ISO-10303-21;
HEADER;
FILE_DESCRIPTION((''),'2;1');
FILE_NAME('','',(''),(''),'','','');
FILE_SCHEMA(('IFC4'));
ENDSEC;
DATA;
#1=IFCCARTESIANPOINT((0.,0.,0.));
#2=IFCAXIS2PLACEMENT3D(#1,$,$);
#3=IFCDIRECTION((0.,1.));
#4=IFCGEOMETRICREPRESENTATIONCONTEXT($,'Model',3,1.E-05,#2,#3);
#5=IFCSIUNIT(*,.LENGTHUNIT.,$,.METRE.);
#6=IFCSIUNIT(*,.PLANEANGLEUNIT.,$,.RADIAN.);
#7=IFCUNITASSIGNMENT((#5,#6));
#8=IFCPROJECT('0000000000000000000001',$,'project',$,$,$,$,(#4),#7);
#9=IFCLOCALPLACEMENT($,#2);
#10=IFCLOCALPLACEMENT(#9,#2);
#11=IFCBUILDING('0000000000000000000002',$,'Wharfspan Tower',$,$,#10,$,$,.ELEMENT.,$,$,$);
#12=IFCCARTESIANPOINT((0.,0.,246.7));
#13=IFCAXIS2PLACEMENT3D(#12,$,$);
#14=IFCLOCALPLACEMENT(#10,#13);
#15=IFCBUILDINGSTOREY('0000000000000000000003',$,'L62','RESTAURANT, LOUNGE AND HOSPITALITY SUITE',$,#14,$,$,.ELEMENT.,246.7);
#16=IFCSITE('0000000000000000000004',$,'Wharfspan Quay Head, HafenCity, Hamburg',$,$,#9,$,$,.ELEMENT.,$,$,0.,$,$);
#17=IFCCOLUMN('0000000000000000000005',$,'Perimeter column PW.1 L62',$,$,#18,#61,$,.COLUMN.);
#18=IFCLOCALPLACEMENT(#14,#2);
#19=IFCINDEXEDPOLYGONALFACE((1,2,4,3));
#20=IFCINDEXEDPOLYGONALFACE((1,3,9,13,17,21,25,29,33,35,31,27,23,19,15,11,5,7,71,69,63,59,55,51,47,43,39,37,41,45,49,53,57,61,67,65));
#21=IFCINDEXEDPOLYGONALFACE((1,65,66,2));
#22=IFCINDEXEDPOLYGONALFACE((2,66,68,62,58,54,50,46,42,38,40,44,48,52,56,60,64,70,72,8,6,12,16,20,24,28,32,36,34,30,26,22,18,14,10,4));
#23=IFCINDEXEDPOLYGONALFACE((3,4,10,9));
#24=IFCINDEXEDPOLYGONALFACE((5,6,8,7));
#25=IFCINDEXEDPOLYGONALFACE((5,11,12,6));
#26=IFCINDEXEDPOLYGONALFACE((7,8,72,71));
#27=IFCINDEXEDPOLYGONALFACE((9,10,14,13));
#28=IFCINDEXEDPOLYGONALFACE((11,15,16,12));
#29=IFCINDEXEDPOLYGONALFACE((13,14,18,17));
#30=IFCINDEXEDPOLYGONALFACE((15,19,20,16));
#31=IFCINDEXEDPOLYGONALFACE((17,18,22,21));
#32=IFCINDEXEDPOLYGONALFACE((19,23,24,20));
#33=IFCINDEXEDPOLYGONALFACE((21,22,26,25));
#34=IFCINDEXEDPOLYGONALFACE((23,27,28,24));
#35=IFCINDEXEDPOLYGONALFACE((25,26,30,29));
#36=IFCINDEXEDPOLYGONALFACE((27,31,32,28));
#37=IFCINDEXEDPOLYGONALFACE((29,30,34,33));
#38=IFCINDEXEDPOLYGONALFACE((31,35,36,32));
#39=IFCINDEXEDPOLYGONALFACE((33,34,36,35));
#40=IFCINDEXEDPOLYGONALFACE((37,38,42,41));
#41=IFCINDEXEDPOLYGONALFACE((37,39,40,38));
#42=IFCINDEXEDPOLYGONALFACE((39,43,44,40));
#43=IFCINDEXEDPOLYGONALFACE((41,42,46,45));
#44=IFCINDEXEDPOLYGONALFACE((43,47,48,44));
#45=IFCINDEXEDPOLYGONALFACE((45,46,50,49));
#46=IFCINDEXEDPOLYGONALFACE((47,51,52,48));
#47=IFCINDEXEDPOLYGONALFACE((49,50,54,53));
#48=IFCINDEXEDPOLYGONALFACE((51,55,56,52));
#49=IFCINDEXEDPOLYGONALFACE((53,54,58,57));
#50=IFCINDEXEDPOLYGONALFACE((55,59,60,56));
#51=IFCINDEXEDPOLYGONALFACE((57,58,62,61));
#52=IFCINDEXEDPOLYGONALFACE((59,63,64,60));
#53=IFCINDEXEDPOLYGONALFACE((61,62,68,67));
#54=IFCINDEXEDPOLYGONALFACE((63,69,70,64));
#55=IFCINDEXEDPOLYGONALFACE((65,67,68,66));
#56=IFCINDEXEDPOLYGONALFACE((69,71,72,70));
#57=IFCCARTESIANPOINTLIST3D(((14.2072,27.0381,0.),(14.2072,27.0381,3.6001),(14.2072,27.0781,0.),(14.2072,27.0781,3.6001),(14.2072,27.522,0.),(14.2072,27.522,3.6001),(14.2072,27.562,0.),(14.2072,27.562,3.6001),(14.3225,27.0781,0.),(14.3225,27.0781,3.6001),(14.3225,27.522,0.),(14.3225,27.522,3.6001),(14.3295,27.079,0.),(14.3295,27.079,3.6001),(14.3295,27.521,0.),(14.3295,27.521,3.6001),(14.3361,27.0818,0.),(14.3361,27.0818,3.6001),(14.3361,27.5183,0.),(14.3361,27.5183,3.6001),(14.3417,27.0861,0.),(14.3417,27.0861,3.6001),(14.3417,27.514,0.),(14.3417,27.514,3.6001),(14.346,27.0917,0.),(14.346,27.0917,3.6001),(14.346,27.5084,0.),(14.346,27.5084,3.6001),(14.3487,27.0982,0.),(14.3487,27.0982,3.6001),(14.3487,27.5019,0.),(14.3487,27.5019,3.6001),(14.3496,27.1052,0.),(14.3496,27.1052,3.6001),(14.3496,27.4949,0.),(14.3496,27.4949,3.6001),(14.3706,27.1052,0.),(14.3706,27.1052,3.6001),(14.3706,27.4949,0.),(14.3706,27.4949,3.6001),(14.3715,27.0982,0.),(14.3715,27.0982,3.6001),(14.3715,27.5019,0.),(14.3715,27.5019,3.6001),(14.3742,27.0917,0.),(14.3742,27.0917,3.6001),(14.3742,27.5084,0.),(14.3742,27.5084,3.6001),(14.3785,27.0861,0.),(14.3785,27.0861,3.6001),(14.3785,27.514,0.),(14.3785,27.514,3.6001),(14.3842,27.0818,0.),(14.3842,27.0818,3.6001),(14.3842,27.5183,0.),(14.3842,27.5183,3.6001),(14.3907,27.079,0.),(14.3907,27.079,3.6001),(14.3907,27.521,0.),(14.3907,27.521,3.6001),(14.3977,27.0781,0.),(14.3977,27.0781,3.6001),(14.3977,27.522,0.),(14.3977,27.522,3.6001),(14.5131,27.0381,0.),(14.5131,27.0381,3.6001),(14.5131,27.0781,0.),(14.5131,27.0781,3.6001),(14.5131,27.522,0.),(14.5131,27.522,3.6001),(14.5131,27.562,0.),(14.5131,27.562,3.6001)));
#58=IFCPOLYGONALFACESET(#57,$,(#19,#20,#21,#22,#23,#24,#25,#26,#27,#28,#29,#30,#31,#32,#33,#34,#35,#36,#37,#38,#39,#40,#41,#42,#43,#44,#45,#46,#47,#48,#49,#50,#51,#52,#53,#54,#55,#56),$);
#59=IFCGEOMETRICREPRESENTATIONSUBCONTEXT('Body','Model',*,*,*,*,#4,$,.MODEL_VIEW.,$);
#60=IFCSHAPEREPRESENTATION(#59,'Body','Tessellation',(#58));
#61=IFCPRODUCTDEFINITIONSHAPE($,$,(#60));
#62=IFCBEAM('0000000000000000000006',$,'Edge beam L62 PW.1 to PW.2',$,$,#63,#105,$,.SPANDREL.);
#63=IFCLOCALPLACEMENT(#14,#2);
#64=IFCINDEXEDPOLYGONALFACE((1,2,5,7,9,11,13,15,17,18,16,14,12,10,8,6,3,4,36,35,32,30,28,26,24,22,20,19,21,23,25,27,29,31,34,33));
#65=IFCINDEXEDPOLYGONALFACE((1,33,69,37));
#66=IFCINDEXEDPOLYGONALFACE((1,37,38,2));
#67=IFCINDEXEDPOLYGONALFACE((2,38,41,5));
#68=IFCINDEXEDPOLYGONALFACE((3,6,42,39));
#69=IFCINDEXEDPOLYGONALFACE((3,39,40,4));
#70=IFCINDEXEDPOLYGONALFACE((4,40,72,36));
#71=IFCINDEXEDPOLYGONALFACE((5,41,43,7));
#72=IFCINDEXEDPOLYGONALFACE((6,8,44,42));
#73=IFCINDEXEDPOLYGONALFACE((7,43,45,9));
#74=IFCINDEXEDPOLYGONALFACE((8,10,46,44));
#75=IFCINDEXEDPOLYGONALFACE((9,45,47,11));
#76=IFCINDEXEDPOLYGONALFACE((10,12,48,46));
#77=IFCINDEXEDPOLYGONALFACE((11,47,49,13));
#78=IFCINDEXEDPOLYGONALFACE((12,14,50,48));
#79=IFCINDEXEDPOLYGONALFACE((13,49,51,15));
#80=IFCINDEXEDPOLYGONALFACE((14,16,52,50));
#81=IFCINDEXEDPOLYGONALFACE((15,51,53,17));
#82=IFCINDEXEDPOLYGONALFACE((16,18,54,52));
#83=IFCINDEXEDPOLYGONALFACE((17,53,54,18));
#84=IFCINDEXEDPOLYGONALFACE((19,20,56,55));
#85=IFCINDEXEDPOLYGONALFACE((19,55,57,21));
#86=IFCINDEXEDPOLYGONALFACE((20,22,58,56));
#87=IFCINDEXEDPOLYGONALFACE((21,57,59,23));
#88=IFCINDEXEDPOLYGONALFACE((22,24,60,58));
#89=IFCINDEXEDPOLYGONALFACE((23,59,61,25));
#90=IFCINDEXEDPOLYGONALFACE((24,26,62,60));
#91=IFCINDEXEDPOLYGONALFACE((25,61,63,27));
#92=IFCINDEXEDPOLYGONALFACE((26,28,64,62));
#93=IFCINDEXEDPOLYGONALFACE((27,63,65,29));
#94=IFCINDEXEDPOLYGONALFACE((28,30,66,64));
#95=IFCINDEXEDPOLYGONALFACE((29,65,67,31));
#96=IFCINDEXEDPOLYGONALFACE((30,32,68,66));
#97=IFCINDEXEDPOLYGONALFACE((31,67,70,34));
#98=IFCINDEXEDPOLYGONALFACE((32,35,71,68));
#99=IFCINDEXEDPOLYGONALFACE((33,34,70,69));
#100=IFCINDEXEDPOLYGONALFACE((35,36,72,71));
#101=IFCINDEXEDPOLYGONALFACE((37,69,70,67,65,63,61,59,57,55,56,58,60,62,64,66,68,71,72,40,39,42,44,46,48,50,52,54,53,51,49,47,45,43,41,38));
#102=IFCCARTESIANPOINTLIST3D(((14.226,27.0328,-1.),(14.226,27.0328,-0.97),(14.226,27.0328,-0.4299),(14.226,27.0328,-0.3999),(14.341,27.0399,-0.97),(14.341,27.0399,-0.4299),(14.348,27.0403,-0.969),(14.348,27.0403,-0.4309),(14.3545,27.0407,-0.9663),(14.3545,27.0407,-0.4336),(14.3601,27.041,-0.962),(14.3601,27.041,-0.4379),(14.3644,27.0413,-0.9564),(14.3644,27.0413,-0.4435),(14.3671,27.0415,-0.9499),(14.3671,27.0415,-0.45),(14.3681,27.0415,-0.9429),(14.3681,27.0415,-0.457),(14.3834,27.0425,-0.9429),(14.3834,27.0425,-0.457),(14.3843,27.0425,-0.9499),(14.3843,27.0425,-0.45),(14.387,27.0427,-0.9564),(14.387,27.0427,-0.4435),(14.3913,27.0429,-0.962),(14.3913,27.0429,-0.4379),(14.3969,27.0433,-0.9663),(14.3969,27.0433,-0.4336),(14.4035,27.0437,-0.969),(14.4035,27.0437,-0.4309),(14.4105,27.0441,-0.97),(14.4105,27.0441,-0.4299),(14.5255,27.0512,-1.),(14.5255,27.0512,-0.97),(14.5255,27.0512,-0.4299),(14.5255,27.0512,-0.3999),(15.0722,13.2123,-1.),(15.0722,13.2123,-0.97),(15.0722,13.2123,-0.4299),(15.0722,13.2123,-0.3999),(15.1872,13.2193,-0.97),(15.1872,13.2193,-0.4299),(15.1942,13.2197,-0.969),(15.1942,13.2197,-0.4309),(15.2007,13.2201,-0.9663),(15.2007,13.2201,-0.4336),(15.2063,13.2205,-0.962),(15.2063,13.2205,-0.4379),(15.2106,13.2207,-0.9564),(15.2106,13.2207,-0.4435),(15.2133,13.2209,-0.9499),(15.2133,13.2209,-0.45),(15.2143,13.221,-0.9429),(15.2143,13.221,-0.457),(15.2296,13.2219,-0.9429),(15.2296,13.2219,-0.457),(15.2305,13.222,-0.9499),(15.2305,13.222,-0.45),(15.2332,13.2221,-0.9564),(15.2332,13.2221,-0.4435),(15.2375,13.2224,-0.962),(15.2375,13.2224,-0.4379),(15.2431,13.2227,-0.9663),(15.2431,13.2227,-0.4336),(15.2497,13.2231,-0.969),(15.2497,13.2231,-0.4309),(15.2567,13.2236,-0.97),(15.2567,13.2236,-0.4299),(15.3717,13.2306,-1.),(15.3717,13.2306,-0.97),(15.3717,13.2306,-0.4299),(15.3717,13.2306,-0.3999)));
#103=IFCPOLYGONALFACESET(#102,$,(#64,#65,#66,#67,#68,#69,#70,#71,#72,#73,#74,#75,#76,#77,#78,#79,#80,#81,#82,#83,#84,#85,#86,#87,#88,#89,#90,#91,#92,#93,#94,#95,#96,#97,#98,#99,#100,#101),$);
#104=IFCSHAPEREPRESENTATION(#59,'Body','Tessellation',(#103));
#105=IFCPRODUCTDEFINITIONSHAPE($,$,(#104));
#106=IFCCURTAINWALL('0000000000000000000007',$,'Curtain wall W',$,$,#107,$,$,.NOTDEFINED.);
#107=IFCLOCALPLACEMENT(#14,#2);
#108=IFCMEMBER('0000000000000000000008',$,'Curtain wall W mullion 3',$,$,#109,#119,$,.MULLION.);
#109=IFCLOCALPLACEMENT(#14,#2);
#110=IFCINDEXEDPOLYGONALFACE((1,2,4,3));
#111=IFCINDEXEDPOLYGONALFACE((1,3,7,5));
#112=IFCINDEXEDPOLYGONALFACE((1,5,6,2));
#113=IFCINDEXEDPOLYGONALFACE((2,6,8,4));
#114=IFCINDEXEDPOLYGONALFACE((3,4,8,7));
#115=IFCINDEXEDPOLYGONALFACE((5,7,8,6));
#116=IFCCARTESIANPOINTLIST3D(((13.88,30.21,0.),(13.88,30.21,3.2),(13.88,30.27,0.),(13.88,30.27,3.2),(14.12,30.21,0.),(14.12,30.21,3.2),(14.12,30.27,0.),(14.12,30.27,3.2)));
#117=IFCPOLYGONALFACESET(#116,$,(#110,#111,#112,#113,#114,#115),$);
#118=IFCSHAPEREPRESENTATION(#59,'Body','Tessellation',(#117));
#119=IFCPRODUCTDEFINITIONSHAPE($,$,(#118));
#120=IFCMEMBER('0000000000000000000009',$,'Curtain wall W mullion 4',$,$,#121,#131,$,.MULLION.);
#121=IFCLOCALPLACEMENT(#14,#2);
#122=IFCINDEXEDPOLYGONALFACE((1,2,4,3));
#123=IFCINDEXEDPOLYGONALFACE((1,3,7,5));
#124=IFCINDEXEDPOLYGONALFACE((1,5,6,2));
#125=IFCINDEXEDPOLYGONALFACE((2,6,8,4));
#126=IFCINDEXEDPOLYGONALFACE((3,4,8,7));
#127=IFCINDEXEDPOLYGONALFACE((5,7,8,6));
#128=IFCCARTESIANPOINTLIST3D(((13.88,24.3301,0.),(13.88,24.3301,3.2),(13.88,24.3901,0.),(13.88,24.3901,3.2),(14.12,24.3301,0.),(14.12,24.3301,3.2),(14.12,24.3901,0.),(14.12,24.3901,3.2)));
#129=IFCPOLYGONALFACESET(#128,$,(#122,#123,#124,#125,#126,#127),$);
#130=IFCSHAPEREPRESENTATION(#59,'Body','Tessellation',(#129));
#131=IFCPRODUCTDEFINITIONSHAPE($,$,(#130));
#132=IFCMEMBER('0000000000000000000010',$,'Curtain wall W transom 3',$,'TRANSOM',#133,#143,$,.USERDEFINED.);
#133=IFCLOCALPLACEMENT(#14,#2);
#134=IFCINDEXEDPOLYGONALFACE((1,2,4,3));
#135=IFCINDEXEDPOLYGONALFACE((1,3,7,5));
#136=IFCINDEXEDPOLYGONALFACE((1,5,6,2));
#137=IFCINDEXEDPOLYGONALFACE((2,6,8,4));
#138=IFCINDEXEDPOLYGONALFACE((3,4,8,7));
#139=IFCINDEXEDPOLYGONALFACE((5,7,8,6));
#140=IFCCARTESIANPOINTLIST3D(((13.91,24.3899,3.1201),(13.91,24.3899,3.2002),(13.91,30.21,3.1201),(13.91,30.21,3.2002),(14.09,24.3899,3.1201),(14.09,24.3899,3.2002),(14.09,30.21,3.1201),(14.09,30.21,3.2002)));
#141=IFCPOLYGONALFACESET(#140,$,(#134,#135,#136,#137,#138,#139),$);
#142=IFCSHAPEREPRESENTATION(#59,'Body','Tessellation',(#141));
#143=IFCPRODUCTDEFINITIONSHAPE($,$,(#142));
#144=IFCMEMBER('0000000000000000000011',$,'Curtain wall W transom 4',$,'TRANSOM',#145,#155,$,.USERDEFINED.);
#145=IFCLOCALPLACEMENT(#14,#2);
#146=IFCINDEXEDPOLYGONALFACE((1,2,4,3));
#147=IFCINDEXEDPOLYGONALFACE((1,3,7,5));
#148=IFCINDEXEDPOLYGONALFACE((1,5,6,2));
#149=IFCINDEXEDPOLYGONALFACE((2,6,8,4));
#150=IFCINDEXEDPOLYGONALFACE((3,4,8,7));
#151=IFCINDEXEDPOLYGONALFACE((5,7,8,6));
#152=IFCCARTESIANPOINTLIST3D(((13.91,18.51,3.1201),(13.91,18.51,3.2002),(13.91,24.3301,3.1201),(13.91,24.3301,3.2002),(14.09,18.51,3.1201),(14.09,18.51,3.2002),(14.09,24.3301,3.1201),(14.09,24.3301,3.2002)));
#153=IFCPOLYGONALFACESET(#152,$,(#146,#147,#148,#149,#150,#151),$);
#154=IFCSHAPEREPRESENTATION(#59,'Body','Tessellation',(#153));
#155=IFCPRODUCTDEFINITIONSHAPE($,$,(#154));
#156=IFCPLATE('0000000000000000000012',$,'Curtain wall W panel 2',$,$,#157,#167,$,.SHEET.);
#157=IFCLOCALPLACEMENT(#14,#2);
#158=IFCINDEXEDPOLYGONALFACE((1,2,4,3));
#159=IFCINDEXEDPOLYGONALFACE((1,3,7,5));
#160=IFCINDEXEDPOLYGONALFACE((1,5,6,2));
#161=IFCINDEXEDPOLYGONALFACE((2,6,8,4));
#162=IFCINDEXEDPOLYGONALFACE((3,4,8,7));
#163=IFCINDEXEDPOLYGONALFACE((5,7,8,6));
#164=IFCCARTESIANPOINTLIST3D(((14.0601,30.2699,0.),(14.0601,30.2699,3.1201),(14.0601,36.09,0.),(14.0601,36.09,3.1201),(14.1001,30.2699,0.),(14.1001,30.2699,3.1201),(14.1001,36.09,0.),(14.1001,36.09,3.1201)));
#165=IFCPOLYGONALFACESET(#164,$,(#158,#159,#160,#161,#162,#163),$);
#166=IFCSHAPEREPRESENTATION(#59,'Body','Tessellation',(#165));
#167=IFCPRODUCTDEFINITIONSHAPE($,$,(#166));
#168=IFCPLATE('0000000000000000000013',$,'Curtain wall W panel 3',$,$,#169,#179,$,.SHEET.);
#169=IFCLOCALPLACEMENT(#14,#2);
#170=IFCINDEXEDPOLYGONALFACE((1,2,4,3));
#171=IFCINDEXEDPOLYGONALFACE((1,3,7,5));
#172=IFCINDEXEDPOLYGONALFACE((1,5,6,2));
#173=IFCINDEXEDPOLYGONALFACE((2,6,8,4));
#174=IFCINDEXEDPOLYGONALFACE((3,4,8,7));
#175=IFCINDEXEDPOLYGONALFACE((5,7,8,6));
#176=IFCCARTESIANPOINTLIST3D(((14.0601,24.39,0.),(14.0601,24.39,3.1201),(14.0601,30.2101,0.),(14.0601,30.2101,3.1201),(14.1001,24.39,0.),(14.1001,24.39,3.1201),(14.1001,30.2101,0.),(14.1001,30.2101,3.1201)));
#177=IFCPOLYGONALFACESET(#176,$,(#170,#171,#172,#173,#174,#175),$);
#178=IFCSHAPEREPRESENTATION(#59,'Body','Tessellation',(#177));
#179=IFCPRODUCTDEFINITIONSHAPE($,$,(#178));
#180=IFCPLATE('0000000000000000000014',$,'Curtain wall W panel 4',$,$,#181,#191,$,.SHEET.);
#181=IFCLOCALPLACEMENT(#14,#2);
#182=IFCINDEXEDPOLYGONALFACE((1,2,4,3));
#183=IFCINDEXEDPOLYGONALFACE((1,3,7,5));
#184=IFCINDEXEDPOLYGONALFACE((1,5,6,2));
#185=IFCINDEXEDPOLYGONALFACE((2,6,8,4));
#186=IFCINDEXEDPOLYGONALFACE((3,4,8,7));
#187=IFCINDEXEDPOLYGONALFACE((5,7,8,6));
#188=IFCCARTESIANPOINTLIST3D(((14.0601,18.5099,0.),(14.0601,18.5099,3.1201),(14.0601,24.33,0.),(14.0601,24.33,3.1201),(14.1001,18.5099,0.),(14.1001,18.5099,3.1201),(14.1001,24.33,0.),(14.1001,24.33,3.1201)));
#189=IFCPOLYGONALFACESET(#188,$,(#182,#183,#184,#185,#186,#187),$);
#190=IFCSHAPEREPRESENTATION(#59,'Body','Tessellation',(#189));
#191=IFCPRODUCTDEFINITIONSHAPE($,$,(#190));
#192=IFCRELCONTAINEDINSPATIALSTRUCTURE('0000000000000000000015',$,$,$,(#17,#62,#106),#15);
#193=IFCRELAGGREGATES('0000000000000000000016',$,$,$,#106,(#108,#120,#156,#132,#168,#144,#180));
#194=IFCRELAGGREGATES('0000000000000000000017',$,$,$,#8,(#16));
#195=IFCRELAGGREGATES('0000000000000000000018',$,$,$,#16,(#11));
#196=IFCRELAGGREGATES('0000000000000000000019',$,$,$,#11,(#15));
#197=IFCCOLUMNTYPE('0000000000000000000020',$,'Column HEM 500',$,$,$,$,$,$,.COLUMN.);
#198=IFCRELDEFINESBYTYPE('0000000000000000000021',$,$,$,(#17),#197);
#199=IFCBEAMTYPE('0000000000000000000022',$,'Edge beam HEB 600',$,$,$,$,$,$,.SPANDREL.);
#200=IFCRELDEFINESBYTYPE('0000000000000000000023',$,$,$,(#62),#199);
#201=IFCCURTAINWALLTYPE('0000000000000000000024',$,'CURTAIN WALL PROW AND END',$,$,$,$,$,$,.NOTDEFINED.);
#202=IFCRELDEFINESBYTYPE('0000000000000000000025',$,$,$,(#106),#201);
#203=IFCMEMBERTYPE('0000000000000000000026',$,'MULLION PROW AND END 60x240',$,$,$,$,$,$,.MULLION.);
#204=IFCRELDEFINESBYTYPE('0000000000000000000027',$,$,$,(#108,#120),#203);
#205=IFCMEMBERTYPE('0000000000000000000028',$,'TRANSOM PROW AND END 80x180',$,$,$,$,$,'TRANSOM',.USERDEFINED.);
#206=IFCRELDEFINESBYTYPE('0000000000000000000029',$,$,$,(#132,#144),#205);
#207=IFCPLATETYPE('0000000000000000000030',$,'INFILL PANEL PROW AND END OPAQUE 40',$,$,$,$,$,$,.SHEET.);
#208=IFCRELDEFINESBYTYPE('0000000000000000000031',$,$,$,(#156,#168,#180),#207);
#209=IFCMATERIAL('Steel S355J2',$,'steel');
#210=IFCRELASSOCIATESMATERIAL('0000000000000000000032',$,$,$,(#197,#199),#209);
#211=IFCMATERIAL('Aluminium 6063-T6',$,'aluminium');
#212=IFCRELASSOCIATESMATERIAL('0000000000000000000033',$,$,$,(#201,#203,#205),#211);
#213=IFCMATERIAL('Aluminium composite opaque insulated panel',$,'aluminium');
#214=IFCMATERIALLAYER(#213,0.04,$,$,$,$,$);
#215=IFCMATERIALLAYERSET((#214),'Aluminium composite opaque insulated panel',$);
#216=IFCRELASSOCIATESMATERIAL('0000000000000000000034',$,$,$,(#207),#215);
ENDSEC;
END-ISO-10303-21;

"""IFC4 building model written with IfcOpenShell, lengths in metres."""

from ifc_helpers import new_model, si_unit, direction, frame, origin, origin_2d, place, context, subcontext, project, spatial, rectangle, i_section, extrude, material, layer, layer_set, material_profile, profile_set, type_object, element, aggregate, save


model = new_model("IFC4")

# Units and contexts
model_context = context("Model", 3, precision=1e-05, world=origin(), true_north=direction((0.0, 1.0)))
body_context = subcontext(model_context, "Body", "Model", "MODEL_VIEW")
ifc_project = project(units=[si_unit("LENGTHUNIT", "METRE"), si_unit("PLANEANGLEUNIT", "RADIAN")], contexts=[model_context])

# Site, building, storey
site_placement = place(None, origin())
site = spatial("IfcSite", under=ifc_project, at=site_placement, Name="Wharfspan Quay Head, HafenCity, Hamburg", CompositionType="ELEMENT", RefElevation=0.0)
building_placement = place(site_placement, origin())
building = spatial("IfcBuilding", under=site, at=building_placement, Name="Wharfspan Tower", CompositionType="ELEMENT")
storey_placement = place(building_placement, frame((0.0, 0.0, 246.7)))
storey = spatial("IfcBuildingStorey", under=building, at=storey_placement, Name="L62", Description="RESTAURANT, LOUNGE AND HOSPITALITY SUITE", CompositionType="ELEMENT", Elevation=246.7)

# Column
ifc_material_1 = material(Name="Steel S355J2", Category="steel")
ifc_material_profile_1 = material_profile(ifc_material_1, i_section(OverallWidth=0.3059, OverallDepth=0.5239, WebThickness=0.021, FlangeThickness=0.04, FilletRadius=0.0271, at=origin_2d()))
ifc_profile_set_1 = profile_set([ifc_material_profile_1], Name="Steel S355J2")
column_type = type_object("IfcColumnType", Name="Column HEM 500", PredefinedType="COLUMN", material=ifc_profile_set_1)
column_placement = place(storey_placement, frame((14.3601, 27.3, 0.0), z_axis=(0.0, 0.0, 1.0), x_axis=(-1.0, 0.0, 0.0)))
element("IfcColumn", 1, at=column_placement, inside=storey, type_object=column_type, Name="Perimeter column PW.1 L62", PredefinedType="COLUMN", context=body_context, shape_type="SweptSolid", body=[
    extrude(i_section(OverallWidth=0.3059, OverallDepth=0.5239, WebThickness=0.021, FlangeThickness=0.04, FilletRadius=0.0271, at=origin_2d()), origin(), (0.0, 0.0, 1.0), 3.6001),
])

# Beam
ifc_material_profile_2 = material_profile(ifc_material_1, i_section(OverallWidth=0.3, OverallDepth=0.6001, WebThickness=0.0154, FlangeThickness=0.03, FilletRadius=0.0271, at=origin_2d()))
ifc_profile_set_2 = profile_set([ifc_material_profile_2], Name="Steel S355J2")
beam_type = type_object("IfcBeamType", Name="Edge beam HEB 600", PredefinedType="SPANDREL", material=ifc_profile_set_2)
beam_placement = place(storey_placement, frame((14.3757, 27.042, -0.7), z_axis=(0.061113, -0.998131, 0.0), x_axis=(0.998131, 0.061113, 0.0)))
element("IfcBeam", 2, at=beam_placement, inside=storey, type_object=beam_type, Name="Edge beam L62 PW.1 to PW.2", PredefinedType="SPANDREL", context=body_context, shape_type="SweptSolid", body=[
    extrude(i_section(OverallWidth=0.3, OverallDepth=0.6001, WebThickness=0.0154, FlangeThickness=0.03, FilletRadius=0.0271, at=origin_2d()), origin(), (0.0, 0.0, 1.0), 13.8464),
])

# Curtain wall, members, plates
ifc_material_2 = material(Name="Aluminium 6063-T6", Category="aluminium")
curtain_wall_type = type_object("IfcCurtainWallType", Name="CURTAIN WALL PROW AND END", PredefinedType="NOTDEFINED", material=ifc_material_2)
curtain_wall_placement = place(storey_placement, origin())
curtain_wall = element("IfcCurtainWall", 3, at=curtain_wall_placement, inside=storey, type_object=curtain_wall_type, Name="Curtain wall W", PredefinedType="NOTDEFINED")
ifc_material_profile_3 = material_profile(ifc_material_2, rectangle(XDim=0.24, YDim=0.0601, at=origin_2d()))
ifc_profile_set_3 = profile_set([ifc_material_profile_3], Name="Aluminium 6063-T6")
member_type_1 = type_object("IfcMemberType", Name="MULLION PROW AND END 60x240", PredefinedType="MULLION", material=ifc_profile_set_3)
member_1_placement = place(storey_placement, frame((14.0, 30.24, 0.0), z_axis=(0.0, 0.0, 1.0), x_axis=(1.0, 0.0, 0.0)))
member_1 = element("IfcMember", 4, at=member_1_placement, type_object=member_type_1, Name="Curtain wall W mullion 3", PredefinedType="MULLION", context=body_context, shape_type="SweptSolid", body=[
    extrude(rectangle(XDim=0.24, YDim=0.0601, at=origin_2d()), origin(), (0.0, 0.0, 1.0), 3.2),
])
member_2_placement = place(storey_placement, frame((14.0, 24.3601, 0.0), z_axis=(0.0, 0.0, 1.0), x_axis=(1.0, 0.0, 0.0)))
member_2 = element("IfcMember", 5, at=member_2_placement, type_object=member_type_1, Name="Curtain wall W mullion 4", PredefinedType="MULLION", context=body_context, shape_type="SweptSolid", body=[
    extrude(rectangle(XDim=0.24, YDim=0.0601, at=origin_2d()), origin(), (0.0, 0.0, 1.0), 3.2),
])
ifc_material_profile_4 = material_profile(ifc_material_2, rectangle(XDim=0.1799, YDim=0.0801, at=origin_2d()))
ifc_profile_set_4 = profile_set([ifc_material_profile_4], Name="Aluminium 6063-T6")
member_type_2 = type_object("IfcMemberType", Name="TRANSOM PROW AND END 80x180", ElementType="TRANSOM", PredefinedType="USERDEFINED", material=ifc_profile_set_4)
member_3_placement = place(storey_placement, frame((14.0, 30.21, 3.1602), z_axis=(0.0, -1.0, 0.0), x_axis=(1.0, 0.0, 0.0)))
member_3 = element("IfcMember", 6, at=member_3_placement, type_object=member_type_2, Name="Curtain wall W transom 3", ObjectType="TRANSOM", PredefinedType="USERDEFINED", context=body_context, shape_type="SweptSolid", body=[
    extrude(rectangle(XDim=0.1799, YDim=0.0801, at=origin_2d()), origin(), (0.0, 0.0, 1.0), 5.8201),
])
member_4_placement = place(storey_placement, frame((14.0, 24.3301, 3.1602), z_axis=(0.0, -1.0, 0.0), x_axis=(1.0, 0.0, 0.0)))
member_4 = element("IfcMember", 7, at=member_4_placement, type_object=member_type_2, Name="Curtain wall W transom 4", ObjectType="TRANSOM", PredefinedType="USERDEFINED", context=body_context, shape_type="SweptSolid", body=[
    extrude(rectangle(XDim=0.1799, YDim=0.0801, at=origin_2d()), origin(), (0.0, 0.0, 1.0), 5.8201),
])
ifc_material_3 = material(Name="Aluminium composite opaque insulated panel", Category="aluminium")
ifc_layer_1 = layer(ifc_material_3, 0.04)
ifc_layer_set_1 = layer_set([ifc_layer_1], Name="Aluminium composite opaque insulated panel")
plate_type = type_object("IfcPlateType", Name="INFILL PANEL PROW AND END OPAQUE 40", PredefinedType="SHEET", material=ifc_layer_set_1)
plate_1_placement = place(storey_placement, frame((14.0801, 33.1799, 0.0), z_axis=(0.0, 0.0, 1.0), x_axis=(0.0, -1.0, 0.0)))
plate_1 = element("IfcPlate", 8, at=plate_1_placement, type_object=plate_type, Name="Curtain wall W panel 2", PredefinedType="SHEET", context=body_context, shape_type="SweptSolid", body=[
    extrude(rectangle(XDim=5.8201, YDim=0.04, at=origin_2d()), origin(), (0.0, 0.0, 1.0), 3.1201),
])
plate_2_placement = place(storey_placement, frame((14.0801, 27.3, 0.0), z_axis=(0.0, 0.0, 1.0), x_axis=(0.0, -1.0, 0.0)))
plate_2 = element("IfcPlate", 9, at=plate_2_placement, type_object=plate_type, Name="Curtain wall W panel 3", PredefinedType="SHEET", context=body_context, shape_type="SweptSolid", body=[
    extrude(rectangle(XDim=5.8201, YDim=0.04, at=origin_2d()), origin(), (0.0, 0.0, 1.0), 3.1201),
])
plate_3_placement = place(storey_placement, frame((14.0801, 21.4199, 0.0), z_axis=(0.0, 0.0, 1.0), x_axis=(0.0, -1.0, 0.0)))
plate_3 = element("IfcPlate", 10, at=plate_3_placement, type_object=plate_type, Name="Curtain wall W panel 4", PredefinedType="SHEET", context=body_context, shape_type="SweptSolid", body=[
    extrude(rectangle(XDim=5.8201, YDim=0.04, at=origin_2d()), origin(), (0.0, 0.0, 1.0), 3.1201),
])
aggregate(curtain_wall, [member_1, member_2, plate_1, member_3, plate_2, member_4, plate_3])

save(model, "model.ifc")
